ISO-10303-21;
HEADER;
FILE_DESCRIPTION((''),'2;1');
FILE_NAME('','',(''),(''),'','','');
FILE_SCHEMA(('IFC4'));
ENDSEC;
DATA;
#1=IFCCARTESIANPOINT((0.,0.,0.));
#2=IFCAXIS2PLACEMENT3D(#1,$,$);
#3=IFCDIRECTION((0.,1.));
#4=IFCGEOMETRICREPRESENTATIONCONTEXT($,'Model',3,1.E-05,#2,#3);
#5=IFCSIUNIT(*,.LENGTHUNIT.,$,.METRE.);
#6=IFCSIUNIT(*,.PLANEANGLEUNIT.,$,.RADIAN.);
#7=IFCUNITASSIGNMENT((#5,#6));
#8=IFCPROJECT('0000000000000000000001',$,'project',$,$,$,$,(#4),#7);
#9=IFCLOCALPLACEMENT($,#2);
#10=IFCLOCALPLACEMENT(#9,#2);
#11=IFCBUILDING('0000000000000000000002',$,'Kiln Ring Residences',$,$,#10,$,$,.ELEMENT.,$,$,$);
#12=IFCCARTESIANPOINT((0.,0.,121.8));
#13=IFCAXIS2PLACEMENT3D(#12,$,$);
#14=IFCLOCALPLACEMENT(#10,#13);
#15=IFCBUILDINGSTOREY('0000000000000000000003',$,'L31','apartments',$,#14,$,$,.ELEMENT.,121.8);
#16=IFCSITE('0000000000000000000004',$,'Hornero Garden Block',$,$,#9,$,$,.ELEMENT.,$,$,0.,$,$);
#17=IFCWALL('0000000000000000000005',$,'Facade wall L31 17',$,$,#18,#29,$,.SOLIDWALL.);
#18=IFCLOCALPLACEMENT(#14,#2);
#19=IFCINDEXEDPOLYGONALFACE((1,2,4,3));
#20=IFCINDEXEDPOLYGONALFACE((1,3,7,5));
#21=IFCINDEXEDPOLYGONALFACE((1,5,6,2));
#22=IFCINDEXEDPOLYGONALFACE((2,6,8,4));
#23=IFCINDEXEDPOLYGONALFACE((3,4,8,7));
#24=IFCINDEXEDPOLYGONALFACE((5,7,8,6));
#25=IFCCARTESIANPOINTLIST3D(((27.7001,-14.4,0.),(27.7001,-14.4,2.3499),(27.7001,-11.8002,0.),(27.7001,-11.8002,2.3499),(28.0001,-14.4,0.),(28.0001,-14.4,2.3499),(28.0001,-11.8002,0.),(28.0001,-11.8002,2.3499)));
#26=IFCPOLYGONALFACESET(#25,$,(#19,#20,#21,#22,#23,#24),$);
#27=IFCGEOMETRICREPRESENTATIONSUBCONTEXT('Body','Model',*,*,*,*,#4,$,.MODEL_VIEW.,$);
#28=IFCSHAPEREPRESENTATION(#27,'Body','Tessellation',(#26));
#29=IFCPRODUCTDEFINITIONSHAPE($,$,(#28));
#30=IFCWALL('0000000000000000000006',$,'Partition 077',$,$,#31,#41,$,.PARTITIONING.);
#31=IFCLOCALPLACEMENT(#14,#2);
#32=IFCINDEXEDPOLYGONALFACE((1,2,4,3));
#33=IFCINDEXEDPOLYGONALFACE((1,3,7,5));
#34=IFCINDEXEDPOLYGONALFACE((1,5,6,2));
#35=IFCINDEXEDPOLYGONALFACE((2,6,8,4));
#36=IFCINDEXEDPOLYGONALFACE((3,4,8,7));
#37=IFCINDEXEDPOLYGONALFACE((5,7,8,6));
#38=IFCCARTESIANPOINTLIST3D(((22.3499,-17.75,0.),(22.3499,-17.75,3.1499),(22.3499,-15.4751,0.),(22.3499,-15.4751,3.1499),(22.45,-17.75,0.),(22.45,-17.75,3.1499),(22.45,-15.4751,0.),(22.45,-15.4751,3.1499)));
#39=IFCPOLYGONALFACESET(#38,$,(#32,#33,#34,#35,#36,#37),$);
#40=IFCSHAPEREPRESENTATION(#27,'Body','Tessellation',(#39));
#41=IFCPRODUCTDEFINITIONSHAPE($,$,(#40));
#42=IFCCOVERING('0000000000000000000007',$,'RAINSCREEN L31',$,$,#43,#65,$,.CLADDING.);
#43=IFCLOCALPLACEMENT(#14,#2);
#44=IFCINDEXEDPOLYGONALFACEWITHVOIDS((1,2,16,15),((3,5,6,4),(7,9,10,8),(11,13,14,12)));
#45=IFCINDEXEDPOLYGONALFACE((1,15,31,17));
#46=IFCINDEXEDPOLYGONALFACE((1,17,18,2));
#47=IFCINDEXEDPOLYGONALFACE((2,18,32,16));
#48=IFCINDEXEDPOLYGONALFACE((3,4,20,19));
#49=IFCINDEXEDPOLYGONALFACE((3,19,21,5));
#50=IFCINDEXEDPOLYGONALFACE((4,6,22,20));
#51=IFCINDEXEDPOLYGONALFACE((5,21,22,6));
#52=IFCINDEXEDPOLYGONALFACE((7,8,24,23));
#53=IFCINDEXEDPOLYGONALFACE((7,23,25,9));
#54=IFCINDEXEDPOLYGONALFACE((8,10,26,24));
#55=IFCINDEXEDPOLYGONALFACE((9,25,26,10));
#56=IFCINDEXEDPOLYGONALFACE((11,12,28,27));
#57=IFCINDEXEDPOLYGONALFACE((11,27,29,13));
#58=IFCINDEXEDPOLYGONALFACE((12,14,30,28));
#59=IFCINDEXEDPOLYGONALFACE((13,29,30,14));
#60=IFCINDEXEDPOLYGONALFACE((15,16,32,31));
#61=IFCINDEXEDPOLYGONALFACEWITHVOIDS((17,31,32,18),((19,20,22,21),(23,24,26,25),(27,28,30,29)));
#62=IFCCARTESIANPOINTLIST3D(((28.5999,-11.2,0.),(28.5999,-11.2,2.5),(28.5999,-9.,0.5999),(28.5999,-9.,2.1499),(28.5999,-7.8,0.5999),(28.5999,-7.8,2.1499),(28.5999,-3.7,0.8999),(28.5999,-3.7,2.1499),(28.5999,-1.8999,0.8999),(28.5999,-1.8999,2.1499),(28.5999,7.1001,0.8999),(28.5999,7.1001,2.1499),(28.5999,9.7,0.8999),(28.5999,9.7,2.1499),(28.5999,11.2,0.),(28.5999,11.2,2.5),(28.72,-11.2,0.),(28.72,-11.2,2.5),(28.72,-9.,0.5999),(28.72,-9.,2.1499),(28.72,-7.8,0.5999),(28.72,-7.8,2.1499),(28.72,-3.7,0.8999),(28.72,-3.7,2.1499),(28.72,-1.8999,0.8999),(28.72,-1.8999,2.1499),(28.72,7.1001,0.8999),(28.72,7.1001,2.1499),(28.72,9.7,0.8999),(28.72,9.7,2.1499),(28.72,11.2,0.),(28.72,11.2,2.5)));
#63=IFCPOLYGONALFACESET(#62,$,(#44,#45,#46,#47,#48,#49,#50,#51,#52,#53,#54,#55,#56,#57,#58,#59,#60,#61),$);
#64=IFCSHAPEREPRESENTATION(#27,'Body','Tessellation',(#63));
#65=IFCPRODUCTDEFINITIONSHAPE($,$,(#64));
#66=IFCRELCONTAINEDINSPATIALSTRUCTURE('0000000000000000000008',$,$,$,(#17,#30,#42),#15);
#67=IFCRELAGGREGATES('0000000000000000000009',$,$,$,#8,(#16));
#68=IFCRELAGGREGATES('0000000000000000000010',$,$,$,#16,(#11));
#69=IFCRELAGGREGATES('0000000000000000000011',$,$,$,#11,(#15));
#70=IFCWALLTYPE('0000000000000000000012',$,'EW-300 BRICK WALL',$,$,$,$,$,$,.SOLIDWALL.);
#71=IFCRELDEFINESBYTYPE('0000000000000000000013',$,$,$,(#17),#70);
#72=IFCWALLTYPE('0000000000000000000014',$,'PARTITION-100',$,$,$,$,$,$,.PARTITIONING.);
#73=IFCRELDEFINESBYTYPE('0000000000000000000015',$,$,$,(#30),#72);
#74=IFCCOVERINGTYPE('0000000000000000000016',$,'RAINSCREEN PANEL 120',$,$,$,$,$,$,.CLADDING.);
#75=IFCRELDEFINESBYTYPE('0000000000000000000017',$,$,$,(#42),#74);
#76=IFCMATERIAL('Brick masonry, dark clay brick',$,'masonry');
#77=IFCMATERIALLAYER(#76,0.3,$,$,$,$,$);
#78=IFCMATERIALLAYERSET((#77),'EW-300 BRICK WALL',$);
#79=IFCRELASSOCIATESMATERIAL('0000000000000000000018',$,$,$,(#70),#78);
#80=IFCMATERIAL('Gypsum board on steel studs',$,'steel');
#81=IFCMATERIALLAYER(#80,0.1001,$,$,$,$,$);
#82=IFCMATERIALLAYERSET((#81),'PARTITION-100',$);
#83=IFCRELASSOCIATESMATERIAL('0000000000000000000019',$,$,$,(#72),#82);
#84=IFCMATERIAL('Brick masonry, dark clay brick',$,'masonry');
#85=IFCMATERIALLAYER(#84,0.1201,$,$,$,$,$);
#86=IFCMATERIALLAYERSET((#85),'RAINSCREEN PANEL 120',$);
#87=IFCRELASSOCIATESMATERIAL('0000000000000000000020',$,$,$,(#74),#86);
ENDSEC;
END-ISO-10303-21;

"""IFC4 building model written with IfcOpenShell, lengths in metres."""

from ifc_helpers import new_model, si_unit, direction, frame, frame_2d, origin, place, context, subcontext, project, spatial, polyline, rectangle, outline, extrude, material, layer, layer_set, type_object, element, save


model = new_model("IFC4")

# Units and contexts
model_context = context("Model", 3, precision=1e-05, world=origin(), true_north=direction((0.0, 1.0)))
body_context = subcontext(model_context, "Body", "Model", "MODEL_VIEW")
ifc_project = project(units=[si_unit("LENGTHUNIT", "METRE"), si_unit("PLANEANGLEUNIT", "RADIAN")], contexts=[model_context])

# Site, building, storey
site_placement = place(None, origin())
site = spatial("IfcSite", under=ifc_project, at=site_placement, Name="Hornero Garden Block", CompositionType="ELEMENT", RefElevation=0.0)
building_placement = place(site_placement, origin())
building = spatial("IfcBuilding", under=site, at=building_placement, Name="Kiln Ring Residences", CompositionType="ELEMENT")
storey_placement = place(building_placement, frame((0.0, 0.0, 121.8)))
storey = spatial("IfcBuildingStorey", under=building, at=storey_placement, Name="L31", Description="apartments", CompositionType="ELEMENT", Elevation=121.8)

# Walls
ifc_material_1 = material(Name="Brick masonry, dark clay brick", Category="masonry")
ifc_layer_1 = layer(ifc_material_1, 0.3)
ifc_layer_set_1 = layer_set([ifc_layer_1], Name="EW-300 BRICK WALL")
wall_type_1 = type_object("IfcWallType", Name="EW-300 BRICK WALL", PredefinedType="SOLIDWALL", material=ifc_layer_set_1)
wall_1_placement = place(storey_placement, frame((27.8501, -14.3999, 0.0), z_axis=(0.0, 0.0, 1.0), x_axis=(0.0, 1.0, 0.0)))
element("IfcWall", 1, at=wall_1_placement, inside=storey, type_object=wall_type_1, Name="Facade wall L31 17", PredefinedType="SOLIDWALL", context=body_context, shape_type="SweptSolid", body=[
    extrude(rectangle(XDim=2.5999, YDim=0.3, at=frame_2d((1.2998, 0.0))), origin(), (0.0, 0.0, 1.0), 2.3499),
])
ifc_material_2 = material(Name="Gypsum board on steel studs", Category="steel")
ifc_layer_2 = layer(ifc_material_2, 0.1001)
ifc_layer_set_2 = layer_set([ifc_layer_2], Name="PARTITION-100")
wall_type_2 = type_object("IfcWallType", Name="PARTITION-100", PredefinedType="PARTITIONING", material=ifc_layer_set_2)
wall_2_placement = place(storey_placement, frame((22.3999, -17.75, 0.0), z_axis=(0.0, 0.0, 1.0), x_axis=(0.0, 1.0, 0.0)))
element("IfcWall", 2, at=wall_2_placement, inside=storey, type_object=wall_type_2, Name="Partition 077", PredefinedType="PARTITIONING", context=body_context, shape_type="SweptSolid", body=[
    extrude(rectangle(XDim=2.2749, YDim=0.1001, at=frame_2d((1.1375, 0.0))), origin(), (0.0, 0.0, 1.0), 3.1499),
])

# Covering
ifc_material_3 = material(Name="Brick masonry, dark clay brick", Category="masonry")
ifc_layer_3 = layer(ifc_material_3, 0.1201)
ifc_layer_set_3 = layer_set([ifc_layer_3], Name="RAINSCREEN PANEL 120")
covering_type = type_object("IfcCoveringType", Name="RAINSCREEN PANEL 120", PredefinedType="CLADDING", material=ifc_layer_set_3)
covering_placement = place(storey_placement, frame((28.6599, -11.2, 0.0), z_axis=(0.0, 0.0, 1.0), x_axis=(0.0, 1.0, 0.0)))
element("IfcCovering", 3, at=covering_placement, inside=storey, type_object=covering_type, Name="RAINSCREEN L31", PredefinedType="CLADDING", context=body_context, shape_type="SweptSolid", body=[
    extrude(outline(polyline([(0.0, 0.0), (22.3999, 0.0), (22.3999, 2.5), (0.0, 2.5), (0.0, 0.0)]), holes=[polyline([(3.3999, 2.1499), (2.2, 2.1499), (2.2, 0.5999), (3.3999, 0.5999), (3.3999, 2.1499)]), polyline([(9.3, 0.8999), (9.3, 2.1499), (7.5, 2.1499), (7.5, 0.8999), (9.3, 0.8999)]), polyline([(20.8999, 0.8999), (20.8999, 2.1499), (18.3, 2.1499), (18.3, 0.8999), (20.8999, 0.8999)])]), frame((0.0, 0.0601, 0.0), z_axis=(0.0, -1.0, 0.0), x_axis=(1.0, 0.0, 0.0)), (0.0, 0.0, 1.0), 0.1201),
])

save(model, "model.ifc")
